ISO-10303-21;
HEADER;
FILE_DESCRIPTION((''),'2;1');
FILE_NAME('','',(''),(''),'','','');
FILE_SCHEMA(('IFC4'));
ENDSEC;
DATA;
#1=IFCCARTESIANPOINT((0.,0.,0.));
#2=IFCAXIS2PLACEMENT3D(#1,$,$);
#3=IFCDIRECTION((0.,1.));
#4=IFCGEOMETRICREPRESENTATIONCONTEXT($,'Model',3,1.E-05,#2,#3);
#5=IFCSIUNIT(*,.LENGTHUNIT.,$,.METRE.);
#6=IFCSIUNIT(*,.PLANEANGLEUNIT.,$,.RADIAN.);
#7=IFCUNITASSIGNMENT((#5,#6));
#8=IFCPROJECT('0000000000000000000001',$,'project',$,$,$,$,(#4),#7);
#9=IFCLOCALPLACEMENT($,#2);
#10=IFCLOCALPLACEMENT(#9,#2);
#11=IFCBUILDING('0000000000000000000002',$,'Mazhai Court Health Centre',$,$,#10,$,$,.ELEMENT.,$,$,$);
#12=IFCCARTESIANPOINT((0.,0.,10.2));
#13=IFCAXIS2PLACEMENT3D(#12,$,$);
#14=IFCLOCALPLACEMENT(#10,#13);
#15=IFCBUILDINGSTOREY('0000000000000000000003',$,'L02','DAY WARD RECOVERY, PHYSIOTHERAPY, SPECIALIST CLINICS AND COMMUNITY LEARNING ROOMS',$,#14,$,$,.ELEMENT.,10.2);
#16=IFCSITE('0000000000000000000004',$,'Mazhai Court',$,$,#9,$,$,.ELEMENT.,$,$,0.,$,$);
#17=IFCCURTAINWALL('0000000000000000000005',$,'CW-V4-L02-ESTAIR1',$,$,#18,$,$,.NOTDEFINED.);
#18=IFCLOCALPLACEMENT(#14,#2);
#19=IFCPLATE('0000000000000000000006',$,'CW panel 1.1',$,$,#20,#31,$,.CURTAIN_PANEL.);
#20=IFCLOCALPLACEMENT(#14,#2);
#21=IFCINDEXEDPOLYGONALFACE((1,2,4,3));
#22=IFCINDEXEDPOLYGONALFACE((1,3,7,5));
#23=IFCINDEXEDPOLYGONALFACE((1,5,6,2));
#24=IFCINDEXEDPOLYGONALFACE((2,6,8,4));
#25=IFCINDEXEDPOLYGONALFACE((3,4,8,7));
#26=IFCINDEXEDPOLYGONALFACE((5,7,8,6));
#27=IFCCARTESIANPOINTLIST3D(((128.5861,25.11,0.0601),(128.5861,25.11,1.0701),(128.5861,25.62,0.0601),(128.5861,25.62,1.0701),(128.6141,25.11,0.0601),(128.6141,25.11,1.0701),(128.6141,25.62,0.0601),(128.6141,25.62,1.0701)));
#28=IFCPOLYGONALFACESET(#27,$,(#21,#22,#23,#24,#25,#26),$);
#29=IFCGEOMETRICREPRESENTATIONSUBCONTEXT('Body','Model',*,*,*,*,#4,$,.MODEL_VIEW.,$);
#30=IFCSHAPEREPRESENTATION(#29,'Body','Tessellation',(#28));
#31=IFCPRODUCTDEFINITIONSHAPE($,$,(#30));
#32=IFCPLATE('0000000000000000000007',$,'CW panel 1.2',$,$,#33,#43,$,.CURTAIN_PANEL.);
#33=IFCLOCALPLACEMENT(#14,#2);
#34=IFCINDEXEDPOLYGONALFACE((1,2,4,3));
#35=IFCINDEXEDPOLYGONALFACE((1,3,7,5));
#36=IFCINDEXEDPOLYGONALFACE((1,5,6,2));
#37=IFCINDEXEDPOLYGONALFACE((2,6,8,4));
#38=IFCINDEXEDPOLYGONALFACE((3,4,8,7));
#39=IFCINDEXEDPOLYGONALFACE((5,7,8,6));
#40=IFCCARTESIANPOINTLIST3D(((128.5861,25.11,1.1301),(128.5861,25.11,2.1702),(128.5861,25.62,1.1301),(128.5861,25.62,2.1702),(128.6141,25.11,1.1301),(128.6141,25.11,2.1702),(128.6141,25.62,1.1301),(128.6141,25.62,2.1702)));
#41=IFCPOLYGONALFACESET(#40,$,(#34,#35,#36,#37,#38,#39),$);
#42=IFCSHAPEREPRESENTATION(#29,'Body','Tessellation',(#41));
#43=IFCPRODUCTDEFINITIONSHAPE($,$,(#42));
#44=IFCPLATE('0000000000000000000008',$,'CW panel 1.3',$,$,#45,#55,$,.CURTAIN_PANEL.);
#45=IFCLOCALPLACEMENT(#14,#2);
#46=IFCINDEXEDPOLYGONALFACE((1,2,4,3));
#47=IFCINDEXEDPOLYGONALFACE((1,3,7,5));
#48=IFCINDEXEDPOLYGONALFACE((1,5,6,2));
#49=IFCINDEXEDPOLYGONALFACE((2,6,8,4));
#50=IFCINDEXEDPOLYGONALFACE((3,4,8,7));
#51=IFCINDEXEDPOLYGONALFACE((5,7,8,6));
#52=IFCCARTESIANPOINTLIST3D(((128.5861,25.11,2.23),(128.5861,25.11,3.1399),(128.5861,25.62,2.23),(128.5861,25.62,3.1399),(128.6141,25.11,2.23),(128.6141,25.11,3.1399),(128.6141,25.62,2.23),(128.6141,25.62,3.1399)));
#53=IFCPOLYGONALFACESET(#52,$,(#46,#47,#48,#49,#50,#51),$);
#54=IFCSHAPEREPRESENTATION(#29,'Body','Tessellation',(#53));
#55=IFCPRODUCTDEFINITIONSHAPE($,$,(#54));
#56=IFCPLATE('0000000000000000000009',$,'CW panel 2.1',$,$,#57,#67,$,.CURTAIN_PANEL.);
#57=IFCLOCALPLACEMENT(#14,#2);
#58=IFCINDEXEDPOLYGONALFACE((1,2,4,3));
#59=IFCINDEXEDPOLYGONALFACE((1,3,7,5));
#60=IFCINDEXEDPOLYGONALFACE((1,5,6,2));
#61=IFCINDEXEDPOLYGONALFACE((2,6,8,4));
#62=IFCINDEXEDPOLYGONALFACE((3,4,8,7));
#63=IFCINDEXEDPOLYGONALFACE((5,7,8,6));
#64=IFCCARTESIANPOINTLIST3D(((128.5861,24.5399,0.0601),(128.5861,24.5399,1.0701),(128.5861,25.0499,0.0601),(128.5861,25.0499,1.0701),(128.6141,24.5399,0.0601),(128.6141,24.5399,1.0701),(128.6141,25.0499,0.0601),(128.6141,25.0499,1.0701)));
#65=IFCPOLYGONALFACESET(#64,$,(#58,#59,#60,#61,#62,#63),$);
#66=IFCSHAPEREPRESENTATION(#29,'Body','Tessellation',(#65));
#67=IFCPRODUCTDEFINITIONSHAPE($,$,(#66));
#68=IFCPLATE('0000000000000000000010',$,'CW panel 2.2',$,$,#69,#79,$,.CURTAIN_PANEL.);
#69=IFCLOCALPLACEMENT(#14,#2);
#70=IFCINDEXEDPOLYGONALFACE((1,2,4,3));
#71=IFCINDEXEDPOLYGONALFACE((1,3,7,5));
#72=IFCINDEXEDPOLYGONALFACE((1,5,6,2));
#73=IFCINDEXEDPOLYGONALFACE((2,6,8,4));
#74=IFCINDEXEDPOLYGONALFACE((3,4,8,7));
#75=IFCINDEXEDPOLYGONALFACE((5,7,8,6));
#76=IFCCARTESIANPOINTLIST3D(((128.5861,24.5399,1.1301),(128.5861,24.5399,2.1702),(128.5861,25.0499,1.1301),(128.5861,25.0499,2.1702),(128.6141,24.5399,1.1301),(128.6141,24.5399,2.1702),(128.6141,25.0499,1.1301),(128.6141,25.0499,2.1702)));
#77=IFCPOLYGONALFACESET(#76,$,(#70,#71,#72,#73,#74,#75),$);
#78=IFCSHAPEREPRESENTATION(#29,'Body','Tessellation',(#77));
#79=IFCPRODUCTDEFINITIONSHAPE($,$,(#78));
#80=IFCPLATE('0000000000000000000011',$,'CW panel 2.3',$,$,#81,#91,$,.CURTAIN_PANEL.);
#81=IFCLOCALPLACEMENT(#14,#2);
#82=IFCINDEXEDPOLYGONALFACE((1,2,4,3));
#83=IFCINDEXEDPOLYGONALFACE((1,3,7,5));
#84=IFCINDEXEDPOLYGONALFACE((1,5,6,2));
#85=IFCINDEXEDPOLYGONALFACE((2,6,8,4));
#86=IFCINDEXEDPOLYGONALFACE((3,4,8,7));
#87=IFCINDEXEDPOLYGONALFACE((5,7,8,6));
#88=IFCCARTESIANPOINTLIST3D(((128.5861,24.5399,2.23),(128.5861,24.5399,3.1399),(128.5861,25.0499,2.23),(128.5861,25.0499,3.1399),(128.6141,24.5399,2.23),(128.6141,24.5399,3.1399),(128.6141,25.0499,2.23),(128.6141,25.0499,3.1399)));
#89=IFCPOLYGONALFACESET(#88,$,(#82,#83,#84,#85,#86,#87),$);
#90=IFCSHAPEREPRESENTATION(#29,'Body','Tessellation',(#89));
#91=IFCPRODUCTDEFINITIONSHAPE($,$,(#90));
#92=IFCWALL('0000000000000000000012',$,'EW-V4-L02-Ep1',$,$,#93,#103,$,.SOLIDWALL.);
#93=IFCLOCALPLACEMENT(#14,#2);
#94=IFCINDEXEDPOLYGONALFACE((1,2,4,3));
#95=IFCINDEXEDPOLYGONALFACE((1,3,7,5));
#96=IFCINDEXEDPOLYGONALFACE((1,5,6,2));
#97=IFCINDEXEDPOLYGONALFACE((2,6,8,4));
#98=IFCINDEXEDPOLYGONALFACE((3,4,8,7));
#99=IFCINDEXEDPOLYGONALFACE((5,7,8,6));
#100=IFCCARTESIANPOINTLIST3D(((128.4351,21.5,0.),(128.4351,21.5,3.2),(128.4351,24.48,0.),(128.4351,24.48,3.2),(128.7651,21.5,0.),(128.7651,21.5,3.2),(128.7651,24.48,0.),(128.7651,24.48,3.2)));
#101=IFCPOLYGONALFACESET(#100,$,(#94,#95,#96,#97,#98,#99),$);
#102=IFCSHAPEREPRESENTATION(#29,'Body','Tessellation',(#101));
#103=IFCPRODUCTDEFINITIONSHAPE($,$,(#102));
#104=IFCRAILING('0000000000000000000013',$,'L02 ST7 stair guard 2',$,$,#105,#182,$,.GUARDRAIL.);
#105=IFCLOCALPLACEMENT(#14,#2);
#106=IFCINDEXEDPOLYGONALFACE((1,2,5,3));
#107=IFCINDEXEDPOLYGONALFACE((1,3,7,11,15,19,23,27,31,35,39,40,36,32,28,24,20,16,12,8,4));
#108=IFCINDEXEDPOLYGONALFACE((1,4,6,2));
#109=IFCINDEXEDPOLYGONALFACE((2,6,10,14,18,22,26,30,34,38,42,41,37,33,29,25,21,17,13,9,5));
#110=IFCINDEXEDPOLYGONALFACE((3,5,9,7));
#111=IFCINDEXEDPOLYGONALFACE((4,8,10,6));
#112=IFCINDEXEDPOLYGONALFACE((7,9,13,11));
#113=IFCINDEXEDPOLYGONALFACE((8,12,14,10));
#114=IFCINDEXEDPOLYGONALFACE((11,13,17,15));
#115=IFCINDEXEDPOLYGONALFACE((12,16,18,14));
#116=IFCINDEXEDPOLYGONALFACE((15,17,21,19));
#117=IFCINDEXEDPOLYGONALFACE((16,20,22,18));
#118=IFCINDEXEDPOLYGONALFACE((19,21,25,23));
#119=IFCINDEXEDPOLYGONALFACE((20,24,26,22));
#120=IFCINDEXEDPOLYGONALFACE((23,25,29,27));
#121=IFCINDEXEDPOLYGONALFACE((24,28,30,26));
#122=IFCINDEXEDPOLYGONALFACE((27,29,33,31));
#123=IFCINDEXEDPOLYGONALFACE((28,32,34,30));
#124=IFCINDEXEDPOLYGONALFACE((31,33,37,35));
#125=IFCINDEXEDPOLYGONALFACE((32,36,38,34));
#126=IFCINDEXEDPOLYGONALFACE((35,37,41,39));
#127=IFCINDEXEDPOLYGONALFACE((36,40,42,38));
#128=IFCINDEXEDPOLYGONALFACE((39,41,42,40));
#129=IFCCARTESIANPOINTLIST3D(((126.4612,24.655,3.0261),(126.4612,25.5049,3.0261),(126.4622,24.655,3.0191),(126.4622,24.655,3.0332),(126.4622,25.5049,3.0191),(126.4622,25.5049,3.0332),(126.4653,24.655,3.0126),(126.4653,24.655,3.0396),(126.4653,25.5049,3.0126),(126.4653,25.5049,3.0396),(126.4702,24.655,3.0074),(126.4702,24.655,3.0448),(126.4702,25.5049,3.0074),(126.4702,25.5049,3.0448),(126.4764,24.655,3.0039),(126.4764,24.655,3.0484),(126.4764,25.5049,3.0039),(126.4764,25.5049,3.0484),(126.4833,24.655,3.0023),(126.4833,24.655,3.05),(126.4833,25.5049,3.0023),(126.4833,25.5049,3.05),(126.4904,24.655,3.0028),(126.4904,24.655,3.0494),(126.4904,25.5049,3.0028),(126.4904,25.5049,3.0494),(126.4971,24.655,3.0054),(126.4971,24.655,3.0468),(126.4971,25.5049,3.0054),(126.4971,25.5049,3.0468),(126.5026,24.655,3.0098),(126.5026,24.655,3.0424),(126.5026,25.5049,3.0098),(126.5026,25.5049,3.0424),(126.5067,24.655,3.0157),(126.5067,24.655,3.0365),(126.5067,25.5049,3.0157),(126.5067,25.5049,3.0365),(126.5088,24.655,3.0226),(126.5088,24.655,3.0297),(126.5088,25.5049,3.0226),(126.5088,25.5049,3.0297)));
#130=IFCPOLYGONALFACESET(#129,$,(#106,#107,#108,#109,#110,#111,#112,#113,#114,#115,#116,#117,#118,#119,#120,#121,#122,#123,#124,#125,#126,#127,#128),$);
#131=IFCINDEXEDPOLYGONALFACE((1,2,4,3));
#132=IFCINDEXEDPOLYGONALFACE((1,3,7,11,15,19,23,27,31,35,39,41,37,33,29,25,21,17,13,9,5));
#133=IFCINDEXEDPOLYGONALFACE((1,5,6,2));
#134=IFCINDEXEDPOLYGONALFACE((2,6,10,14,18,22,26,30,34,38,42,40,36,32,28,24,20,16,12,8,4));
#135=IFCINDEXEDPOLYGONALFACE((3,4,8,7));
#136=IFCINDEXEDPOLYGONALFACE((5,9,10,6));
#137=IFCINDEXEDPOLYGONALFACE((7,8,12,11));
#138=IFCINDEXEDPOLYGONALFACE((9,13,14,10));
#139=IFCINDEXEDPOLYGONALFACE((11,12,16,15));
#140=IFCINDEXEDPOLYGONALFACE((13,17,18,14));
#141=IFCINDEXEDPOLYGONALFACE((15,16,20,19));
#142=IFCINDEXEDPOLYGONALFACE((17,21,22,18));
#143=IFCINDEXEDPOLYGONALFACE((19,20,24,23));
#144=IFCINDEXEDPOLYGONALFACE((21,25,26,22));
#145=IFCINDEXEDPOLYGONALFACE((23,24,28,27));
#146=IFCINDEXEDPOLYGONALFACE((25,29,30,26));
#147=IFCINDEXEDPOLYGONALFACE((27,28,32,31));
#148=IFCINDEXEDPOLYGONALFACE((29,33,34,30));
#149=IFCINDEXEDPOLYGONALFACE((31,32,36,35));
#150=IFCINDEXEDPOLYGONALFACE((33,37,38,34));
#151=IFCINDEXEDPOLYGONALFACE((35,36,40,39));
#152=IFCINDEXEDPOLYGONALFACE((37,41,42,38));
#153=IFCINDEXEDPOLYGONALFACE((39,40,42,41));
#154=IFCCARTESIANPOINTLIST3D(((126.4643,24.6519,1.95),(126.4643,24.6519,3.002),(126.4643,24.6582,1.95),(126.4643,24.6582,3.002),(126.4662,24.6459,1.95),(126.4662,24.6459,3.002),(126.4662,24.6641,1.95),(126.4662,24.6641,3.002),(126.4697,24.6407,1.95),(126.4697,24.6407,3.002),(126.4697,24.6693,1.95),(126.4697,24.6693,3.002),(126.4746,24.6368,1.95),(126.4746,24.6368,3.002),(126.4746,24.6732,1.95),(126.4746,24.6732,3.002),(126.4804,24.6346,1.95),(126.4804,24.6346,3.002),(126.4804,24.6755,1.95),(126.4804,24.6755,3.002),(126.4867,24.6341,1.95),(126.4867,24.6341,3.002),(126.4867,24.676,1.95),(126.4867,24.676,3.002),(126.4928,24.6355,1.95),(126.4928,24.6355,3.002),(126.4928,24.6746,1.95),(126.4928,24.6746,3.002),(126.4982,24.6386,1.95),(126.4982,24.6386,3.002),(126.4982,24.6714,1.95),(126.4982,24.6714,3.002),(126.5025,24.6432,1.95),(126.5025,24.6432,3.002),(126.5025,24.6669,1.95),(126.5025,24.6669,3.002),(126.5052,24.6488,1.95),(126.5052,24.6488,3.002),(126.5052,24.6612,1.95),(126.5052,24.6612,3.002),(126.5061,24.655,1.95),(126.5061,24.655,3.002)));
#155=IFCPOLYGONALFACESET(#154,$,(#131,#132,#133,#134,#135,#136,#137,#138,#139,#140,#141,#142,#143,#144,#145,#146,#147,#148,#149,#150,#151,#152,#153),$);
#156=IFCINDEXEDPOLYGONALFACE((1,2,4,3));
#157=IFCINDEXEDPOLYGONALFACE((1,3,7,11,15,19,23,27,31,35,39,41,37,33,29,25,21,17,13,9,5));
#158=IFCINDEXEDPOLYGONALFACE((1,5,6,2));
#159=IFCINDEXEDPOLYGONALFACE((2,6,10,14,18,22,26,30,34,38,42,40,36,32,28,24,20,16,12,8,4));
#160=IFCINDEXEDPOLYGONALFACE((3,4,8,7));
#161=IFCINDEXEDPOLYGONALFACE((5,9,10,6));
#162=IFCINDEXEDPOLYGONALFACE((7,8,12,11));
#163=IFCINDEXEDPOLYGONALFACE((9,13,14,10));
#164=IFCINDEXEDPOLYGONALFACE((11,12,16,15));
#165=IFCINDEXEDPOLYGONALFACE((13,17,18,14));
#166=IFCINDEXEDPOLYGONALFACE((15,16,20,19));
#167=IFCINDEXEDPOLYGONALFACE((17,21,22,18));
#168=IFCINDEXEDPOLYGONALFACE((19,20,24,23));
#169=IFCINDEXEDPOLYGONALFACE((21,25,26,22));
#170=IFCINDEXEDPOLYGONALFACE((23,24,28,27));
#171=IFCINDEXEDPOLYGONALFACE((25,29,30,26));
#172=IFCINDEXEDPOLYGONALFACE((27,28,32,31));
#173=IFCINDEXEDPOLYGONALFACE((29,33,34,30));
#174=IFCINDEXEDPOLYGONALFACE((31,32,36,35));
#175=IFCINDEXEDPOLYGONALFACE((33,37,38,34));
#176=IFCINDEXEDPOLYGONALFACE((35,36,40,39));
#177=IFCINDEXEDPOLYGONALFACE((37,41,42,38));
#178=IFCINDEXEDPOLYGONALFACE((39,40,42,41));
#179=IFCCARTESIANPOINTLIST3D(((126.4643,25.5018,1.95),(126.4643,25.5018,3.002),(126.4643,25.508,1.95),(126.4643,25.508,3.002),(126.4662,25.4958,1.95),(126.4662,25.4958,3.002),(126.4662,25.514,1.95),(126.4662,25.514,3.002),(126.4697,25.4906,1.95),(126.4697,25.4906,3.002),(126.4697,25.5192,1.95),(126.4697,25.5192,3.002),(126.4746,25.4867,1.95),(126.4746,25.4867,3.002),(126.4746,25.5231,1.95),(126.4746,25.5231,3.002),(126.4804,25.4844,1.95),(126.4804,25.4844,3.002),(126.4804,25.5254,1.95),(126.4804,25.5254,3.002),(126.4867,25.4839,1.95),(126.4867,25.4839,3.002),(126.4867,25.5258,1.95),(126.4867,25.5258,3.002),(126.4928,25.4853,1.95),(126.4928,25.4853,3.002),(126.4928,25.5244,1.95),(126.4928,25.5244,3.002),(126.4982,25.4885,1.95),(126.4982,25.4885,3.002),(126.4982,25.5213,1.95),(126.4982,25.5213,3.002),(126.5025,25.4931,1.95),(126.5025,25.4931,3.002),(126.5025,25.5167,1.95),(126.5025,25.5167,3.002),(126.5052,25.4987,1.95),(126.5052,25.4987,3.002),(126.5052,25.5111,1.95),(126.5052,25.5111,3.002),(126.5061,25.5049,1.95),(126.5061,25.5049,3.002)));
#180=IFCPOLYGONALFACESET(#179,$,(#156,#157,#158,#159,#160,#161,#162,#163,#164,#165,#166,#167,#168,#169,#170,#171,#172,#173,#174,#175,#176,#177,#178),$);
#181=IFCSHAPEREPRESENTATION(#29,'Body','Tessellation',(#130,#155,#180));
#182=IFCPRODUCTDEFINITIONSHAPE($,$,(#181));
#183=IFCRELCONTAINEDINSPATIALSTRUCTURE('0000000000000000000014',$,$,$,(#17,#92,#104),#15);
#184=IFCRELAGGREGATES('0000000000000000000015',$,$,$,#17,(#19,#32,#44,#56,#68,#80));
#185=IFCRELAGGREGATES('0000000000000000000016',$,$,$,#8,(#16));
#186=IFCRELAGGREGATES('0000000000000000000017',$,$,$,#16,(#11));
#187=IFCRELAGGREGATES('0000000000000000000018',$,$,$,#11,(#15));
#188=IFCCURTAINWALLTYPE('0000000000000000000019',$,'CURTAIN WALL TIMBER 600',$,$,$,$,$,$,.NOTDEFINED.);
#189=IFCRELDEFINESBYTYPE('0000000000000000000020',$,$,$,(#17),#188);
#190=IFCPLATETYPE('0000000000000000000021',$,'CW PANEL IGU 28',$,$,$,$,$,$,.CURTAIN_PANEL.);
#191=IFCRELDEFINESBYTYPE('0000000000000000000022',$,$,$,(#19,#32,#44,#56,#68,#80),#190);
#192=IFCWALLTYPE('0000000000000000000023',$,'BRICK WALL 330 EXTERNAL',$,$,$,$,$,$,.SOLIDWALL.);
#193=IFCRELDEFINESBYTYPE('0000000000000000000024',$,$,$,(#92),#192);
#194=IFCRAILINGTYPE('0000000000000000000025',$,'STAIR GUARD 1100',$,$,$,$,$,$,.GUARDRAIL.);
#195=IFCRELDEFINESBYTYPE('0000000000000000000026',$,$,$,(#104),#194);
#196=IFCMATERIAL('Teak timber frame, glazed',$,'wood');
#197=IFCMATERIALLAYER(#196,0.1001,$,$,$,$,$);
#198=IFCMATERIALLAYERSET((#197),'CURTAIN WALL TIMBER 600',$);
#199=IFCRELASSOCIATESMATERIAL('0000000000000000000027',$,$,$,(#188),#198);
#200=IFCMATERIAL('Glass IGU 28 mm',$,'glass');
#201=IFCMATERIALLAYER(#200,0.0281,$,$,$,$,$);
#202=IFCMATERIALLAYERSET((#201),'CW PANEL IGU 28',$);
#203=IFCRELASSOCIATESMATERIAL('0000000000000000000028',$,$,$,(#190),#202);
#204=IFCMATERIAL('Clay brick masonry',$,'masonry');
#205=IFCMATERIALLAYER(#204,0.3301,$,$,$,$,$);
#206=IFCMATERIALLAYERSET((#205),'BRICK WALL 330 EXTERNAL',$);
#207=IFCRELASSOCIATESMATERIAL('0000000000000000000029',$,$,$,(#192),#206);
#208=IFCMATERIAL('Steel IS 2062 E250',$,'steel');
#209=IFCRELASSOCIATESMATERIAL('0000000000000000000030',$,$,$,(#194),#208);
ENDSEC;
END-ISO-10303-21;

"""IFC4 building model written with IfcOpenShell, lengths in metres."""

from ifc_helpers import new_model, si_unit, direction, frame, frame_2d, origin, origin_2d, place, context, subcontext, project, spatial, rectangle, circle, extrude, material, layer, layer_set, type_object, element, aggregate, save


model = new_model("IFC4")

# Units and contexts
model_context = context("Model", 3, precision=1e-05, world=origin(), true_north=direction((0.0, 1.0)))
body_context = subcontext(model_context, "Body", "Model", "MODEL_VIEW")
ifc_project = project(units=[si_unit("LENGTHUNIT", "METRE"), si_unit("PLANEANGLEUNIT", "RADIAN")], contexts=[model_context])

# Site, building, storey
site_placement = place(None, origin())
site = spatial("IfcSite", under=ifc_project, at=site_placement, Name="Mazhai Court", CompositionType="ELEMENT", RefElevation=0.0)
building_placement = place(site_placement, origin())
building = spatial("IfcBuilding", under=site, at=building_placement, Name="Mazhai Court Health Centre", CompositionType="ELEMENT")
storey_placement = place(building_placement, frame((0.0, 0.0, 10.2)))
storey = spatial("IfcBuildingStorey", under=building, at=storey_placement, Name="L02", Description="DAY WARD RECOVERY, PHYSIOTHERAPY, SPECIALIST CLINICS AND COMMUNITY LEARNING ROOMS", CompositionType="ELEMENT", Elevation=10.2)

# Curtain wall
ifc_material_1 = material(Name="Teak timber frame, glazed", Category="wood")
ifc_layer_1 = layer(ifc_material_1, 0.1001)
ifc_layer_set_1 = layer_set([ifc_layer_1], Name="CURTAIN WALL TIMBER 600")
curtain_wall_type_1 = type_object("IfcCurtainWallType", Name="CURTAIN WALL TIMBER 600", PredefinedType="NOTDEFINED", material=ifc_layer_set_1)
curtain_wall_1_placement = place(storey_placement, origin())
curtain_wall_1 = element("IfcCurtainWall", 1, at=curtain_wall_1_placement, inside=storey, type_object=curtain_wall_type_1, Name="CW-V4-L02-ESTAIR1", PredefinedType="NOTDEFINED")

# Plates
ifc_material_2 = material(Name="Glass IGU 28 mm", Category="glass")
ifc_layer_2 = layer(ifc_material_2, 0.0281)
ifc_layer_set_2 = layer_set([ifc_layer_2], Name="CW PANEL IGU 28")
plate_type = type_object("IfcPlateType", Name="CW PANEL IGU 28", PredefinedType="CURTAIN_PANEL", material=ifc_layer_set_2)
plate_1_placement = place(storey_placement, frame((128.6001, 25.365, 0.0601), z_axis=(0.0, 0.0, 1.0), x_axis=(0.0, -1.0, 0.0)))
plate_1 = element("IfcPlate", 2, at=plate_1_placement, type_object=plate_type, Name="CW panel 1.1", PredefinedType="CURTAIN_PANEL", context=body_context, shape_type="SweptSolid", body=[
    extrude(rectangle(XDim=0.51, YDim=0.0281, at=origin_2d()), origin(), (0.0, 0.0, 1.0), 1.01),
])
plate_2_placement = place(storey_placement, frame((128.6001, 25.365, 1.1301), z_axis=(0.0, 0.0, 1.0), x_axis=(0.0, -1.0, 0.0)))
plate_2 = element("IfcPlate", 3, at=plate_2_placement, type_object=plate_type, Name="CW panel 1.2", PredefinedType="CURTAIN_PANEL", context=body_context, shape_type="SweptSolid", body=[
    extrude(rectangle(XDim=0.51, YDim=0.0281, at=origin_2d()), origin(), (0.0, 0.0, 1.0), 1.04),
])
plate_3_placement = place(storey_placement, frame((128.6001, 25.365, 2.23), z_axis=(0.0, 0.0, 1.0), x_axis=(0.0, -1.0, 0.0)))
plate_3 = element("IfcPlate", 4, at=plate_3_placement, type_object=plate_type, Name="CW panel 1.3", PredefinedType="CURTAIN_PANEL", context=body_context, shape_type="SweptSolid", body=[
    extrude(rectangle(XDim=0.51, YDim=0.0281, at=origin_2d()), origin(), (0.0, 0.0, 1.0), 0.9099),
])
plate_4_placement = place(storey_placement, frame((128.6001, 24.7949, 0.0601), z_axis=(0.0, 0.0, 1.0), x_axis=(0.0, -1.0, 0.0)))
plate_4 = element("IfcPlate", 5, at=plate_4_placement, type_object=plate_type, Name="CW panel 2.1", PredefinedType="CURTAIN_PANEL", context=body_context, shape_type="SweptSolid", body=[
    extrude(rectangle(XDim=0.51, YDim=0.0281, at=origin_2d()), origin(), (0.0, 0.0, 1.0), 1.01),
])
plate_5_placement = place(storey_placement, frame((128.6001, 24.7949, 1.1301), z_axis=(0.0, 0.0, 1.0), x_axis=(0.0, -1.0, 0.0)))
plate_5 = element("IfcPlate", 6, at=plate_5_placement, type_object=plate_type, Name="CW panel 2.2", PredefinedType="CURTAIN_PANEL", context=body_context, shape_type="SweptSolid", body=[
    extrude(rectangle(XDim=0.51, YDim=0.0281, at=origin_2d()), origin(), (0.0, 0.0, 1.0), 1.04),
])
plate_6_placement = place(storey_placement, frame((128.6001, 24.7949, 2.23), z_axis=(0.0, 0.0, 1.0), x_axis=(0.0, -1.0, 0.0)))
plate_6 = element("IfcPlate", 7, at=plate_6_placement, type_object=plate_type, Name="CW panel 2.3", PredefinedType="CURTAIN_PANEL", context=body_context, shape_type="SweptSolid", body=[
    extrude(rectangle(XDim=0.51, YDim=0.0281, at=origin_2d()), origin(), (0.0, 0.0, 1.0), 0.9099),
])
aggregate(curtain_wall_1, [plate_1, plate_2, plate_3, plate_4, plate_5, plate_6])

# Wall
ifc_material_3 = material(Name="Clay brick masonry", Category="masonry")
ifc_layer_3 = layer(ifc_material_3, 0.3301)
ifc_layer_set_3 = layer_set([ifc_layer_3], Name="BRICK WALL 330 EXTERNAL")
wall_type = type_object("IfcWallType", Name="BRICK WALL 330 EXTERNAL", PredefinedType="SOLIDWALL", material=ifc_layer_set_3)
wall_placement = place(storey_placement, frame((128.6001, 24.48, 0.0), z_axis=(0.0, 0.0, 1.0), x_axis=(0.0, -1.0, 0.0)))
element("IfcWall", 8, at=wall_placement, inside=storey, type_object=wall_type, Name="EW-V4-L02-Ep1", PredefinedType="SOLIDWALL", context=body_context, shape_type="SweptSolid", body=[
    extrude(rectangle(XDim=2.98, YDim=0.3301, at=frame_2d((1.49, 0.0))), origin(), (0.0, 0.0, 1.0), 3.2),
])

# Railing
ifc_material_4 = material(Name="Steel IS 2062 E250", Category="steel")
railing_type_1 = type_object("IfcRailingType", Name="STAIR GUARD 1100", PredefinedType="GUARDRAIL", material=ifc_material_4)
railing_1_placement = place(storey_placement, frame((126.4851, 24.655, 1.95)))
element("IfcRailing", 9, at=railing_1_placement, inside=storey, type_object=railing_type_1, Name="L02 ST7 stair guard 2", PredefinedType="GUARDRAIL", context=body_context, shape_type="SweptSolid", body=[
    extrude(circle(Radius=0.0239, at=origin_2d()), frame((0.0, 0.0, 1.0762), z_axis=(0.0, 1.0, 0.0), x_axis=(-1.0, 0.0, 0.0)), (0.0, 0.0, 1.0), 0.8499),
    extrude(circle(Radius=0.021, at=origin_2d()), origin(), (0.0, 0.0, 1.0), 1.052),
    extrude(circle(Radius=0.021, at=origin_2d()), frame((0.0, 0.8499, 0.0)), (0.0, 0.0, 1.0), 1.052),
])

save(model, "model.ifc")
